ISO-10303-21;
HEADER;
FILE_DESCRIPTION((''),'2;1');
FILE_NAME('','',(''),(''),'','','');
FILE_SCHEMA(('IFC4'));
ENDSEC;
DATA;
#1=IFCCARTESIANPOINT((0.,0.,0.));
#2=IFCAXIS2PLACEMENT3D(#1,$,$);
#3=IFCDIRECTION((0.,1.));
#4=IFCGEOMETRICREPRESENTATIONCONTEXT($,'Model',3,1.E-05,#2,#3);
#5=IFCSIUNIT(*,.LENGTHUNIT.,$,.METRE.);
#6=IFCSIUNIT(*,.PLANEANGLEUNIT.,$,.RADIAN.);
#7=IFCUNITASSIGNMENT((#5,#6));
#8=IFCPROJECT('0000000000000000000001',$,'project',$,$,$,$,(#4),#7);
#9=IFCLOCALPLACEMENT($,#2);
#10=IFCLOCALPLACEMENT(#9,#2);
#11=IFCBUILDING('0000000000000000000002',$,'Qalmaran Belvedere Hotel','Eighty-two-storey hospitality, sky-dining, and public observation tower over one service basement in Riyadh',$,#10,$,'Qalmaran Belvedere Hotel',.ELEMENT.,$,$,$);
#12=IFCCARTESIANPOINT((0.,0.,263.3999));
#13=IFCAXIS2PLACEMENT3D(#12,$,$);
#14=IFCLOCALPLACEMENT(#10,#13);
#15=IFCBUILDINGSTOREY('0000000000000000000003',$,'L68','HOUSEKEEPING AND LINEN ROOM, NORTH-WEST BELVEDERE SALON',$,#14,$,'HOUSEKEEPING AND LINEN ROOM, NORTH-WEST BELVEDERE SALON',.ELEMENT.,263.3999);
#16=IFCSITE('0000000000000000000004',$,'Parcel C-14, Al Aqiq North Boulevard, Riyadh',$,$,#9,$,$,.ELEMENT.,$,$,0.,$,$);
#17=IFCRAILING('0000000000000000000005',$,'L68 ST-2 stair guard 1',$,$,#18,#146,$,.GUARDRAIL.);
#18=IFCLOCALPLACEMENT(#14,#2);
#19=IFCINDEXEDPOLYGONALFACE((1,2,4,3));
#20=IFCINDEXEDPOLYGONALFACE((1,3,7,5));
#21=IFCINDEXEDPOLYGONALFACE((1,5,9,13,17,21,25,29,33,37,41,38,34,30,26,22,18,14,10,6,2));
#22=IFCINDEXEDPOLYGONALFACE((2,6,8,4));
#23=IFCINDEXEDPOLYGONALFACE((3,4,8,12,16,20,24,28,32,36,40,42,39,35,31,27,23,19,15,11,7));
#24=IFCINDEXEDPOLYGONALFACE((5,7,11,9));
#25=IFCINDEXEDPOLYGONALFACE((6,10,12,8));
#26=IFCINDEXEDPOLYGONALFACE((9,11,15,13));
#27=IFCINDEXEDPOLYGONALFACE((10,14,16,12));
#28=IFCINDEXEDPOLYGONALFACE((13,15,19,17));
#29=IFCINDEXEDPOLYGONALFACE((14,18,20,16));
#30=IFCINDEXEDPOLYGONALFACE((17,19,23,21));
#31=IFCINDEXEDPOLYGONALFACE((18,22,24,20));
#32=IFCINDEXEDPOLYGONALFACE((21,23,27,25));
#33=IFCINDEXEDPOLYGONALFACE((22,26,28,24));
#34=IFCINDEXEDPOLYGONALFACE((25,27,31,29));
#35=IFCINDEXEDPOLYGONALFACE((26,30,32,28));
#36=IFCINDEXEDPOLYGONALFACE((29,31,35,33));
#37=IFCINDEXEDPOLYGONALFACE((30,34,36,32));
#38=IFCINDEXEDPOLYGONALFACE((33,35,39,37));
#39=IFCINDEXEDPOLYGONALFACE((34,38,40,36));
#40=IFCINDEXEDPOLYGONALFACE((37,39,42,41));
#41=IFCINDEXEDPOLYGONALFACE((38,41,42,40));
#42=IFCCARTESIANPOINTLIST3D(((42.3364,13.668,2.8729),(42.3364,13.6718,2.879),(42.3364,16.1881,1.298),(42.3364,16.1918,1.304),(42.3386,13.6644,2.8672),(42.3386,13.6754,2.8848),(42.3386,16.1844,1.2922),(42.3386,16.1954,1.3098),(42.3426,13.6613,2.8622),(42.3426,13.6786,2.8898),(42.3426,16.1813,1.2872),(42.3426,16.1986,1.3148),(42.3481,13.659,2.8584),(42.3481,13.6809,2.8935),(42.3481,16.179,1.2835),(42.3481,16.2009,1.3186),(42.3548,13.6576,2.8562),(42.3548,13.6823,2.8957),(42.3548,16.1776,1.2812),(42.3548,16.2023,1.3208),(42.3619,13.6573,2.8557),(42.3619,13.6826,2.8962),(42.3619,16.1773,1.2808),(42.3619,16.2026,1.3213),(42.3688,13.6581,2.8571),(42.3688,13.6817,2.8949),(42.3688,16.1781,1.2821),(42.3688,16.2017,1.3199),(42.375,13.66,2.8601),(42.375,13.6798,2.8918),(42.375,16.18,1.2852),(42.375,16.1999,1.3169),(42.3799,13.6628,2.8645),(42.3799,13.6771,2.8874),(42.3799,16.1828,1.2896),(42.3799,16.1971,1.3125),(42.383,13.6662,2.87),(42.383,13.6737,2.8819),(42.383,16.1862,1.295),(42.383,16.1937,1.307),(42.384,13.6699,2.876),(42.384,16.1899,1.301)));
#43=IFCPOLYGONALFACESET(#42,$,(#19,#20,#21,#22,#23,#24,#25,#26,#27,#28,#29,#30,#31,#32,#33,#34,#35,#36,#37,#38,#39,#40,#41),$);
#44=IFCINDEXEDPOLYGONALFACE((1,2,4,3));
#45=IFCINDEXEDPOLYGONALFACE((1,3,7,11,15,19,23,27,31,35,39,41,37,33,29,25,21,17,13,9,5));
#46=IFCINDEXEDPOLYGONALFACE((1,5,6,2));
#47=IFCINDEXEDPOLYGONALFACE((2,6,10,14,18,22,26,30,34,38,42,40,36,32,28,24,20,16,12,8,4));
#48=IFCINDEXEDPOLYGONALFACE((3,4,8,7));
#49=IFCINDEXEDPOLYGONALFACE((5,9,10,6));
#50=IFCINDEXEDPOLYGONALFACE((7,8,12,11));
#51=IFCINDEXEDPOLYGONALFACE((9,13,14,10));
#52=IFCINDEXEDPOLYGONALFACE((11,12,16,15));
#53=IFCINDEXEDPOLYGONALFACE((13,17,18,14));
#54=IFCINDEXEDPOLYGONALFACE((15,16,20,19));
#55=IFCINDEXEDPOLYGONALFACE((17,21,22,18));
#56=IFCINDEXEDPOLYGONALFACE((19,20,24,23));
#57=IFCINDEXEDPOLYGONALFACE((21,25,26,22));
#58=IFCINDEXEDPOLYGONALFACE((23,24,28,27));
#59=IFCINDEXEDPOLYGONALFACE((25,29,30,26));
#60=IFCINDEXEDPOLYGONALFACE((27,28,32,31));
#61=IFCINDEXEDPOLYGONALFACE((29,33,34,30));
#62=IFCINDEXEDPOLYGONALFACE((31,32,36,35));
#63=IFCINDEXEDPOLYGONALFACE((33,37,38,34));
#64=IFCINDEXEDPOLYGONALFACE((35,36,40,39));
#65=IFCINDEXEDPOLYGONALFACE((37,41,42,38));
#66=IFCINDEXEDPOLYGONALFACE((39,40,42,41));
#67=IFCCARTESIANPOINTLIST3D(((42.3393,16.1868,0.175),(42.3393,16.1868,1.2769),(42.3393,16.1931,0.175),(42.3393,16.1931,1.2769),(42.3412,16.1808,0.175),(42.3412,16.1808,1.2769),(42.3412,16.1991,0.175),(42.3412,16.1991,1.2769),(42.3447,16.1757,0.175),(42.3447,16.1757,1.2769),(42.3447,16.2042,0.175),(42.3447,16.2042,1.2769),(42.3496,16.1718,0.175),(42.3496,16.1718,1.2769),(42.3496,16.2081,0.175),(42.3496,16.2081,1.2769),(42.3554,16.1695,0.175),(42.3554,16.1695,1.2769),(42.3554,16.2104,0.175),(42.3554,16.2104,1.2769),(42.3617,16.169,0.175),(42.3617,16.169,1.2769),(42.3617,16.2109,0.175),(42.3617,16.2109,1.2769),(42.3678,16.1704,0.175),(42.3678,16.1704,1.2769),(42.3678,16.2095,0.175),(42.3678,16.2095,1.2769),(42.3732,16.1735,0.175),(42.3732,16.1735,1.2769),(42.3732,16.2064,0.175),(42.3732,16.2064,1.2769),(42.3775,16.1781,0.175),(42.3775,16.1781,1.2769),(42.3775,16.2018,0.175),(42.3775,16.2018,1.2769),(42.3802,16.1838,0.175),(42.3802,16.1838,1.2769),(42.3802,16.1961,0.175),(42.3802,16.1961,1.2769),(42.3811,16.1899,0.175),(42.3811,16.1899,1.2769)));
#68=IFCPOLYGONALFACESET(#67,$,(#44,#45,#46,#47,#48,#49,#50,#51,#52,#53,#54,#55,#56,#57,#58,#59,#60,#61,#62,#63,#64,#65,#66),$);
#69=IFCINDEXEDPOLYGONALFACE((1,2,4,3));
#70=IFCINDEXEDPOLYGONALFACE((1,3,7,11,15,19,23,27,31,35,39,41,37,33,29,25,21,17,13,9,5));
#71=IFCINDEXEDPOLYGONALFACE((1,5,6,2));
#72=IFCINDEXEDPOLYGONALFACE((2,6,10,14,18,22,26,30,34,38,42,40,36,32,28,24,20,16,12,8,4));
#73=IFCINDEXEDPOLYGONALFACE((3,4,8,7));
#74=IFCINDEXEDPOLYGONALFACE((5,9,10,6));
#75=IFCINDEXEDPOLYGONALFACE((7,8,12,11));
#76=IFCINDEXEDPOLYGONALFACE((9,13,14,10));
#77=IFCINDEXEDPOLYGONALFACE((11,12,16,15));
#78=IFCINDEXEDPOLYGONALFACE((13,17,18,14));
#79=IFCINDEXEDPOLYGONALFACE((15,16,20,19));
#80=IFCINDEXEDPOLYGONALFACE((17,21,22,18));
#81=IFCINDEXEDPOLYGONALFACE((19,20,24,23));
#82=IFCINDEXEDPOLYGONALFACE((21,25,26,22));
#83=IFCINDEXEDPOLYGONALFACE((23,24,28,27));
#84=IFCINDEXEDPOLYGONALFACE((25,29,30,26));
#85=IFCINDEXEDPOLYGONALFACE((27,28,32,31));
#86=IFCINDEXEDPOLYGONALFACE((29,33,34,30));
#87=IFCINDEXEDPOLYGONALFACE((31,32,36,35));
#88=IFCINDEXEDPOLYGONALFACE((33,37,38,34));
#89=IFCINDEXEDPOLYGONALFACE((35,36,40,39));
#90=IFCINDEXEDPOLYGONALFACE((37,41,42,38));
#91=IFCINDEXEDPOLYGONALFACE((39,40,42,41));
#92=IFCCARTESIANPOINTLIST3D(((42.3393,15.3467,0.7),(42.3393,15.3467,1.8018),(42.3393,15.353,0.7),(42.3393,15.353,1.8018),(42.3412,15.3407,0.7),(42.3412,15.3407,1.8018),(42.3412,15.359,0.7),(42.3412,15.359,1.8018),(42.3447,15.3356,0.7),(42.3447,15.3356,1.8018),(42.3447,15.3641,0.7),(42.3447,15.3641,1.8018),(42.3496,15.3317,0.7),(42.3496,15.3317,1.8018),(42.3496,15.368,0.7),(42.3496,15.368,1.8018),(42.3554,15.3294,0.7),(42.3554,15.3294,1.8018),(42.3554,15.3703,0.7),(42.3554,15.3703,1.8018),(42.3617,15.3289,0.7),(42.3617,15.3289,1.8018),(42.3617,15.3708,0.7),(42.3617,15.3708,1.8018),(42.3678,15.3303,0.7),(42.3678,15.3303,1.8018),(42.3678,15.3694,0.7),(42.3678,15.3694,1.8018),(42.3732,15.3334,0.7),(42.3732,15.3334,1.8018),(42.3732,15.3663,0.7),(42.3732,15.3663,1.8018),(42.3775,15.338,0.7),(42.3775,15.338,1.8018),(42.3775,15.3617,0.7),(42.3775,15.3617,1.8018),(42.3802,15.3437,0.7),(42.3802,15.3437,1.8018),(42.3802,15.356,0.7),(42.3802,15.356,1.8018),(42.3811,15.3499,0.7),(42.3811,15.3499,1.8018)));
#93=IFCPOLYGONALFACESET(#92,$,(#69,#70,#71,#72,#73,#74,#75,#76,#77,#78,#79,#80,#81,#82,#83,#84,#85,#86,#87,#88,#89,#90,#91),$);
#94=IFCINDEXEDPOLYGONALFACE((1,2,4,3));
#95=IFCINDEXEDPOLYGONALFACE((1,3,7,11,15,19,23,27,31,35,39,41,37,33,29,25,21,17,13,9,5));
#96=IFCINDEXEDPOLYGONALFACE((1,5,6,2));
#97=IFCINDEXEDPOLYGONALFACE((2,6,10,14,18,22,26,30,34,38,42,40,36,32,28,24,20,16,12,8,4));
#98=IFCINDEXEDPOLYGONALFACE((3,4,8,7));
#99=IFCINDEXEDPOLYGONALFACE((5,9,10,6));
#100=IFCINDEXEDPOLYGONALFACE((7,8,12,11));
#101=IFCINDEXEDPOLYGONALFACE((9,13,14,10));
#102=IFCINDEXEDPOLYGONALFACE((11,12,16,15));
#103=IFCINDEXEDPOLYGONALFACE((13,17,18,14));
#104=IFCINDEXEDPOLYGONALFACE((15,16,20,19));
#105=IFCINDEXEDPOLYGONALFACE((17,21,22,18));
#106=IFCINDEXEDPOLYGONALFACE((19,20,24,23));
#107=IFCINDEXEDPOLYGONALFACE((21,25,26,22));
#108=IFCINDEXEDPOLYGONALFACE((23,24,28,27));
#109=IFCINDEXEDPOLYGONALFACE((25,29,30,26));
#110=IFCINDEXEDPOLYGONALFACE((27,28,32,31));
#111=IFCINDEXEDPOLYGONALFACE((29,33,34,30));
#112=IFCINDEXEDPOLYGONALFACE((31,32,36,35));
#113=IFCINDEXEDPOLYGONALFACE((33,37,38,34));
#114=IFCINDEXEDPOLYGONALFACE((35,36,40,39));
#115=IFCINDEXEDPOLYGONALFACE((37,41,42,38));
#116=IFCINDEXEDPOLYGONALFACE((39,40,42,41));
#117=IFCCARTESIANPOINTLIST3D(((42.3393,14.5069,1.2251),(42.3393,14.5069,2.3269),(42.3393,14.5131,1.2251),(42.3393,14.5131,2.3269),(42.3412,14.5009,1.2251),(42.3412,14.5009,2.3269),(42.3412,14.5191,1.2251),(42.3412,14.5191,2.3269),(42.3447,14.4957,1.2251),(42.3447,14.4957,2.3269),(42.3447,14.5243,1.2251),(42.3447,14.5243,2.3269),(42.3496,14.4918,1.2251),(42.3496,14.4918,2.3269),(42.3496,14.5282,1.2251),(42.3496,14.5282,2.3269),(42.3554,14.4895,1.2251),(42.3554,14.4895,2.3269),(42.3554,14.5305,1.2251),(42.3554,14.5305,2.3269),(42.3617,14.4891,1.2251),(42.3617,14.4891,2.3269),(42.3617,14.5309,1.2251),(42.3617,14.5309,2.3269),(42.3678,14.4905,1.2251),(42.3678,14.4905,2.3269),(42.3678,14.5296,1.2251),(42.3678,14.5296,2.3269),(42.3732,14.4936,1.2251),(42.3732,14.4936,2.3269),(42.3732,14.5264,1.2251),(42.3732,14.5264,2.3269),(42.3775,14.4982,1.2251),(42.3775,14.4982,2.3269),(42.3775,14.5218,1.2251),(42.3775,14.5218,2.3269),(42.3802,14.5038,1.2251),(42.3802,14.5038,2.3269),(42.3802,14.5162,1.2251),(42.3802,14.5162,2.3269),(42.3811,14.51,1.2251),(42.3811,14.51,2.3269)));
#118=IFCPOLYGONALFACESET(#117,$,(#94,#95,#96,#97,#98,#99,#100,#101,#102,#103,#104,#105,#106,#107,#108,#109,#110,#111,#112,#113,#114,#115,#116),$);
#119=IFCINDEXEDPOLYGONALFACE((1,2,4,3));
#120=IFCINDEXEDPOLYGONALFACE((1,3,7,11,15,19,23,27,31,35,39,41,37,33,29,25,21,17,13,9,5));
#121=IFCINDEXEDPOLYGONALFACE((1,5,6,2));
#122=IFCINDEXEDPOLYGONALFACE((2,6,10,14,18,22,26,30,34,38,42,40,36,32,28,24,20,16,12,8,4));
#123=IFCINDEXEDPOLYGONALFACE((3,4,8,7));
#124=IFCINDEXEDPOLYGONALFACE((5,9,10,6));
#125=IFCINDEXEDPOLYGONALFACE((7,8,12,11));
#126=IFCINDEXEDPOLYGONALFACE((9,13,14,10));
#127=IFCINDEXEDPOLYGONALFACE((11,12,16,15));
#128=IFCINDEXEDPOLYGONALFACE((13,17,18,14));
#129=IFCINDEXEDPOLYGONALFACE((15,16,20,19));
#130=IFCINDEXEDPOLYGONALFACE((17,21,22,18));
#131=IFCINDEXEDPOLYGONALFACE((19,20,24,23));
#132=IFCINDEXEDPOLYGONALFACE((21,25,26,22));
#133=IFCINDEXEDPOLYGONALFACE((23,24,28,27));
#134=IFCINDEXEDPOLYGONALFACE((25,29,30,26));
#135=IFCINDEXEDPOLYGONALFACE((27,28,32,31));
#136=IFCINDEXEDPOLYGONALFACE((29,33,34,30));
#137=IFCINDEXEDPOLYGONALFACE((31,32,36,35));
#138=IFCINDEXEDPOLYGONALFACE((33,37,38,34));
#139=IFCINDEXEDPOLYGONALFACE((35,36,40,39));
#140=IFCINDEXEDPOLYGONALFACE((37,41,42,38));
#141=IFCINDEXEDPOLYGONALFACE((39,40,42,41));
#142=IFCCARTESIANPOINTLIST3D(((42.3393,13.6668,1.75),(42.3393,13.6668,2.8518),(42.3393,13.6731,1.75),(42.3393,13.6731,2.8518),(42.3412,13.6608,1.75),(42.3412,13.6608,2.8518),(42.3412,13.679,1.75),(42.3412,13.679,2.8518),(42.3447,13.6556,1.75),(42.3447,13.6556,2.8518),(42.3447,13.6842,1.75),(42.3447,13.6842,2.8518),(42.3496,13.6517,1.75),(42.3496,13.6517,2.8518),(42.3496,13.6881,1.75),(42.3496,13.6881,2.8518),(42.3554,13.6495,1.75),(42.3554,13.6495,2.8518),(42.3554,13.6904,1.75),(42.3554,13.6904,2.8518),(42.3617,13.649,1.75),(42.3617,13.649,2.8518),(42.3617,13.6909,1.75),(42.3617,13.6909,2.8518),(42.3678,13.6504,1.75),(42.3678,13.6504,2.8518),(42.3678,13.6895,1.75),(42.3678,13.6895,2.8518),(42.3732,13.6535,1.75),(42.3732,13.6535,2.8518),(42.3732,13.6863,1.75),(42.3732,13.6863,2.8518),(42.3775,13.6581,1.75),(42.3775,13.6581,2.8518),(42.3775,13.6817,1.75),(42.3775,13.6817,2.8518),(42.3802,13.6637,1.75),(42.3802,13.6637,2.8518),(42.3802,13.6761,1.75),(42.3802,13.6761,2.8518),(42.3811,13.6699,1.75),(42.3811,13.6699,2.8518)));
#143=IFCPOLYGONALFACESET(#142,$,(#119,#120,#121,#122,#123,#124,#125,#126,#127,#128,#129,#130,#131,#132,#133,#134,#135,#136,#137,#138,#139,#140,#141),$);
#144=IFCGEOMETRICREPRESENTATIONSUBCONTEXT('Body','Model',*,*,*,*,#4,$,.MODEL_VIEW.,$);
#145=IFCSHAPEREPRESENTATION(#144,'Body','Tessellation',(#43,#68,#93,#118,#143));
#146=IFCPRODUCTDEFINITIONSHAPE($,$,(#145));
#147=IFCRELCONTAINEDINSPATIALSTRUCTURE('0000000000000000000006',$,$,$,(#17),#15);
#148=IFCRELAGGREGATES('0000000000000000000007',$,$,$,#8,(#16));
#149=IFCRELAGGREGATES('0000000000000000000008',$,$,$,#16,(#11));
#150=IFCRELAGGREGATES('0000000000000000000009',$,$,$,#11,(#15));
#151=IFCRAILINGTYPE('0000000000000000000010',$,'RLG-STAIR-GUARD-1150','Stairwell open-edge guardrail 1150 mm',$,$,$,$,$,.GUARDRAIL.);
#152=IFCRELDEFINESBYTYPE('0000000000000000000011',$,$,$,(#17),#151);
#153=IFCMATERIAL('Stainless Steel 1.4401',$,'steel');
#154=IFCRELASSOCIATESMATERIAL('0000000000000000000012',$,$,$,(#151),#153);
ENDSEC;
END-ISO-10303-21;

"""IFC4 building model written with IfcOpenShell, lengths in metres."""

from ifc_helpers import new_model, si_unit, direction, frame, origin, origin_2d, place, context, subcontext, project, spatial, circle, extrude, material, type_object, element, save


model = new_model("IFC4")

# Units and contexts
model_context = context("Model", 3, precision=1e-05, world=origin(), true_north=direction((0.0, 1.0)))
body_context = subcontext(model_context, "Body", "Model", "MODEL_VIEW")
ifc_project = project(units=[si_unit("LENGTHUNIT", "METRE"), si_unit("PLANEANGLEUNIT", "RADIAN")], contexts=[model_context])

# Site, building, storey
site_placement = place(None, origin())
site = spatial("IfcSite", under=ifc_project, at=site_placement, Name="Parcel C-14, Al Aqiq North Boulevard, Riyadh", CompositionType="ELEMENT", RefElevation=0.0)
building_placement = place(site_placement, origin())
building = spatial("IfcBuilding", under=site, at=building_placement, Name="Qalmaran Belvedere Hotel", Description="Eighty-two-storey hospitality, sky-dining, and public observation tower over one service basement in Riyadh", LongName="Qalmaran Belvedere Hotel", CompositionType="ELEMENT")
storey_placement = place(building_placement, frame((0.0, 0.0, 263.3999)))
storey = spatial("IfcBuildingStorey", under=building, at=storey_placement, Name="L68", Description="HOUSEKEEPING AND LINEN ROOM, NORTH-WEST BELVEDERE SALON", LongName="HOUSEKEEPING AND LINEN ROOM, NORTH-WEST BELVEDERE SALON", CompositionType="ELEMENT", Elevation=263.3999)

# Railing
ifc_material_1 = material(Name="Stainless Steel 1.4401", Category="steel")
railing_type_1 = type_object("IfcRailingType", Name="RLG-STAIR-GUARD-1150", Description="Stairwell open-edge guardrail 1150 mm", PredefinedType="GUARDRAIL", material=ifc_material_1)
railing_1_placement = place(storey_placement, frame((42.3601, 16.1899, 0.175)))
element("IfcRailing", 1, at=railing_1_placement, inside=storey, type_object=railing_type_1, Name="L68 ST-2 stair guard 1", PredefinedType="GUARDRAIL", context=body_context, shape_type="SweptSolid", body=[
    extrude(circle(Radius=0.0239, at=origin_2d()), frame((0.0, 0.0, 1.126), z_axis=(0.0, -0.848008, 0.529984), x_axis=(1.0, 0.0, 0.0)), (0.0, 0.0, 1.0), 2.9717),
    extrude(circle(Radius=0.021, at=origin_2d()), origin(), (0.0, 0.0, 1.0), 1.1018),
    extrude(circle(Radius=0.021, at=origin_2d()), frame((0.0, -0.8401, 0.5249)), (0.0, 0.0, 1.0), 1.1018),
    extrude(circle(Radius=0.021, at=origin_2d()), frame((0.0, -1.6799, 1.05)), (0.0, 0.0, 1.0), 1.1018),
    extrude(circle(Radius=0.021, at=origin_2d()), frame((0.0, -2.52, 1.575)), (0.0, 0.0, 1.0), 1.1018),
])

save(model, "model.ifc")
